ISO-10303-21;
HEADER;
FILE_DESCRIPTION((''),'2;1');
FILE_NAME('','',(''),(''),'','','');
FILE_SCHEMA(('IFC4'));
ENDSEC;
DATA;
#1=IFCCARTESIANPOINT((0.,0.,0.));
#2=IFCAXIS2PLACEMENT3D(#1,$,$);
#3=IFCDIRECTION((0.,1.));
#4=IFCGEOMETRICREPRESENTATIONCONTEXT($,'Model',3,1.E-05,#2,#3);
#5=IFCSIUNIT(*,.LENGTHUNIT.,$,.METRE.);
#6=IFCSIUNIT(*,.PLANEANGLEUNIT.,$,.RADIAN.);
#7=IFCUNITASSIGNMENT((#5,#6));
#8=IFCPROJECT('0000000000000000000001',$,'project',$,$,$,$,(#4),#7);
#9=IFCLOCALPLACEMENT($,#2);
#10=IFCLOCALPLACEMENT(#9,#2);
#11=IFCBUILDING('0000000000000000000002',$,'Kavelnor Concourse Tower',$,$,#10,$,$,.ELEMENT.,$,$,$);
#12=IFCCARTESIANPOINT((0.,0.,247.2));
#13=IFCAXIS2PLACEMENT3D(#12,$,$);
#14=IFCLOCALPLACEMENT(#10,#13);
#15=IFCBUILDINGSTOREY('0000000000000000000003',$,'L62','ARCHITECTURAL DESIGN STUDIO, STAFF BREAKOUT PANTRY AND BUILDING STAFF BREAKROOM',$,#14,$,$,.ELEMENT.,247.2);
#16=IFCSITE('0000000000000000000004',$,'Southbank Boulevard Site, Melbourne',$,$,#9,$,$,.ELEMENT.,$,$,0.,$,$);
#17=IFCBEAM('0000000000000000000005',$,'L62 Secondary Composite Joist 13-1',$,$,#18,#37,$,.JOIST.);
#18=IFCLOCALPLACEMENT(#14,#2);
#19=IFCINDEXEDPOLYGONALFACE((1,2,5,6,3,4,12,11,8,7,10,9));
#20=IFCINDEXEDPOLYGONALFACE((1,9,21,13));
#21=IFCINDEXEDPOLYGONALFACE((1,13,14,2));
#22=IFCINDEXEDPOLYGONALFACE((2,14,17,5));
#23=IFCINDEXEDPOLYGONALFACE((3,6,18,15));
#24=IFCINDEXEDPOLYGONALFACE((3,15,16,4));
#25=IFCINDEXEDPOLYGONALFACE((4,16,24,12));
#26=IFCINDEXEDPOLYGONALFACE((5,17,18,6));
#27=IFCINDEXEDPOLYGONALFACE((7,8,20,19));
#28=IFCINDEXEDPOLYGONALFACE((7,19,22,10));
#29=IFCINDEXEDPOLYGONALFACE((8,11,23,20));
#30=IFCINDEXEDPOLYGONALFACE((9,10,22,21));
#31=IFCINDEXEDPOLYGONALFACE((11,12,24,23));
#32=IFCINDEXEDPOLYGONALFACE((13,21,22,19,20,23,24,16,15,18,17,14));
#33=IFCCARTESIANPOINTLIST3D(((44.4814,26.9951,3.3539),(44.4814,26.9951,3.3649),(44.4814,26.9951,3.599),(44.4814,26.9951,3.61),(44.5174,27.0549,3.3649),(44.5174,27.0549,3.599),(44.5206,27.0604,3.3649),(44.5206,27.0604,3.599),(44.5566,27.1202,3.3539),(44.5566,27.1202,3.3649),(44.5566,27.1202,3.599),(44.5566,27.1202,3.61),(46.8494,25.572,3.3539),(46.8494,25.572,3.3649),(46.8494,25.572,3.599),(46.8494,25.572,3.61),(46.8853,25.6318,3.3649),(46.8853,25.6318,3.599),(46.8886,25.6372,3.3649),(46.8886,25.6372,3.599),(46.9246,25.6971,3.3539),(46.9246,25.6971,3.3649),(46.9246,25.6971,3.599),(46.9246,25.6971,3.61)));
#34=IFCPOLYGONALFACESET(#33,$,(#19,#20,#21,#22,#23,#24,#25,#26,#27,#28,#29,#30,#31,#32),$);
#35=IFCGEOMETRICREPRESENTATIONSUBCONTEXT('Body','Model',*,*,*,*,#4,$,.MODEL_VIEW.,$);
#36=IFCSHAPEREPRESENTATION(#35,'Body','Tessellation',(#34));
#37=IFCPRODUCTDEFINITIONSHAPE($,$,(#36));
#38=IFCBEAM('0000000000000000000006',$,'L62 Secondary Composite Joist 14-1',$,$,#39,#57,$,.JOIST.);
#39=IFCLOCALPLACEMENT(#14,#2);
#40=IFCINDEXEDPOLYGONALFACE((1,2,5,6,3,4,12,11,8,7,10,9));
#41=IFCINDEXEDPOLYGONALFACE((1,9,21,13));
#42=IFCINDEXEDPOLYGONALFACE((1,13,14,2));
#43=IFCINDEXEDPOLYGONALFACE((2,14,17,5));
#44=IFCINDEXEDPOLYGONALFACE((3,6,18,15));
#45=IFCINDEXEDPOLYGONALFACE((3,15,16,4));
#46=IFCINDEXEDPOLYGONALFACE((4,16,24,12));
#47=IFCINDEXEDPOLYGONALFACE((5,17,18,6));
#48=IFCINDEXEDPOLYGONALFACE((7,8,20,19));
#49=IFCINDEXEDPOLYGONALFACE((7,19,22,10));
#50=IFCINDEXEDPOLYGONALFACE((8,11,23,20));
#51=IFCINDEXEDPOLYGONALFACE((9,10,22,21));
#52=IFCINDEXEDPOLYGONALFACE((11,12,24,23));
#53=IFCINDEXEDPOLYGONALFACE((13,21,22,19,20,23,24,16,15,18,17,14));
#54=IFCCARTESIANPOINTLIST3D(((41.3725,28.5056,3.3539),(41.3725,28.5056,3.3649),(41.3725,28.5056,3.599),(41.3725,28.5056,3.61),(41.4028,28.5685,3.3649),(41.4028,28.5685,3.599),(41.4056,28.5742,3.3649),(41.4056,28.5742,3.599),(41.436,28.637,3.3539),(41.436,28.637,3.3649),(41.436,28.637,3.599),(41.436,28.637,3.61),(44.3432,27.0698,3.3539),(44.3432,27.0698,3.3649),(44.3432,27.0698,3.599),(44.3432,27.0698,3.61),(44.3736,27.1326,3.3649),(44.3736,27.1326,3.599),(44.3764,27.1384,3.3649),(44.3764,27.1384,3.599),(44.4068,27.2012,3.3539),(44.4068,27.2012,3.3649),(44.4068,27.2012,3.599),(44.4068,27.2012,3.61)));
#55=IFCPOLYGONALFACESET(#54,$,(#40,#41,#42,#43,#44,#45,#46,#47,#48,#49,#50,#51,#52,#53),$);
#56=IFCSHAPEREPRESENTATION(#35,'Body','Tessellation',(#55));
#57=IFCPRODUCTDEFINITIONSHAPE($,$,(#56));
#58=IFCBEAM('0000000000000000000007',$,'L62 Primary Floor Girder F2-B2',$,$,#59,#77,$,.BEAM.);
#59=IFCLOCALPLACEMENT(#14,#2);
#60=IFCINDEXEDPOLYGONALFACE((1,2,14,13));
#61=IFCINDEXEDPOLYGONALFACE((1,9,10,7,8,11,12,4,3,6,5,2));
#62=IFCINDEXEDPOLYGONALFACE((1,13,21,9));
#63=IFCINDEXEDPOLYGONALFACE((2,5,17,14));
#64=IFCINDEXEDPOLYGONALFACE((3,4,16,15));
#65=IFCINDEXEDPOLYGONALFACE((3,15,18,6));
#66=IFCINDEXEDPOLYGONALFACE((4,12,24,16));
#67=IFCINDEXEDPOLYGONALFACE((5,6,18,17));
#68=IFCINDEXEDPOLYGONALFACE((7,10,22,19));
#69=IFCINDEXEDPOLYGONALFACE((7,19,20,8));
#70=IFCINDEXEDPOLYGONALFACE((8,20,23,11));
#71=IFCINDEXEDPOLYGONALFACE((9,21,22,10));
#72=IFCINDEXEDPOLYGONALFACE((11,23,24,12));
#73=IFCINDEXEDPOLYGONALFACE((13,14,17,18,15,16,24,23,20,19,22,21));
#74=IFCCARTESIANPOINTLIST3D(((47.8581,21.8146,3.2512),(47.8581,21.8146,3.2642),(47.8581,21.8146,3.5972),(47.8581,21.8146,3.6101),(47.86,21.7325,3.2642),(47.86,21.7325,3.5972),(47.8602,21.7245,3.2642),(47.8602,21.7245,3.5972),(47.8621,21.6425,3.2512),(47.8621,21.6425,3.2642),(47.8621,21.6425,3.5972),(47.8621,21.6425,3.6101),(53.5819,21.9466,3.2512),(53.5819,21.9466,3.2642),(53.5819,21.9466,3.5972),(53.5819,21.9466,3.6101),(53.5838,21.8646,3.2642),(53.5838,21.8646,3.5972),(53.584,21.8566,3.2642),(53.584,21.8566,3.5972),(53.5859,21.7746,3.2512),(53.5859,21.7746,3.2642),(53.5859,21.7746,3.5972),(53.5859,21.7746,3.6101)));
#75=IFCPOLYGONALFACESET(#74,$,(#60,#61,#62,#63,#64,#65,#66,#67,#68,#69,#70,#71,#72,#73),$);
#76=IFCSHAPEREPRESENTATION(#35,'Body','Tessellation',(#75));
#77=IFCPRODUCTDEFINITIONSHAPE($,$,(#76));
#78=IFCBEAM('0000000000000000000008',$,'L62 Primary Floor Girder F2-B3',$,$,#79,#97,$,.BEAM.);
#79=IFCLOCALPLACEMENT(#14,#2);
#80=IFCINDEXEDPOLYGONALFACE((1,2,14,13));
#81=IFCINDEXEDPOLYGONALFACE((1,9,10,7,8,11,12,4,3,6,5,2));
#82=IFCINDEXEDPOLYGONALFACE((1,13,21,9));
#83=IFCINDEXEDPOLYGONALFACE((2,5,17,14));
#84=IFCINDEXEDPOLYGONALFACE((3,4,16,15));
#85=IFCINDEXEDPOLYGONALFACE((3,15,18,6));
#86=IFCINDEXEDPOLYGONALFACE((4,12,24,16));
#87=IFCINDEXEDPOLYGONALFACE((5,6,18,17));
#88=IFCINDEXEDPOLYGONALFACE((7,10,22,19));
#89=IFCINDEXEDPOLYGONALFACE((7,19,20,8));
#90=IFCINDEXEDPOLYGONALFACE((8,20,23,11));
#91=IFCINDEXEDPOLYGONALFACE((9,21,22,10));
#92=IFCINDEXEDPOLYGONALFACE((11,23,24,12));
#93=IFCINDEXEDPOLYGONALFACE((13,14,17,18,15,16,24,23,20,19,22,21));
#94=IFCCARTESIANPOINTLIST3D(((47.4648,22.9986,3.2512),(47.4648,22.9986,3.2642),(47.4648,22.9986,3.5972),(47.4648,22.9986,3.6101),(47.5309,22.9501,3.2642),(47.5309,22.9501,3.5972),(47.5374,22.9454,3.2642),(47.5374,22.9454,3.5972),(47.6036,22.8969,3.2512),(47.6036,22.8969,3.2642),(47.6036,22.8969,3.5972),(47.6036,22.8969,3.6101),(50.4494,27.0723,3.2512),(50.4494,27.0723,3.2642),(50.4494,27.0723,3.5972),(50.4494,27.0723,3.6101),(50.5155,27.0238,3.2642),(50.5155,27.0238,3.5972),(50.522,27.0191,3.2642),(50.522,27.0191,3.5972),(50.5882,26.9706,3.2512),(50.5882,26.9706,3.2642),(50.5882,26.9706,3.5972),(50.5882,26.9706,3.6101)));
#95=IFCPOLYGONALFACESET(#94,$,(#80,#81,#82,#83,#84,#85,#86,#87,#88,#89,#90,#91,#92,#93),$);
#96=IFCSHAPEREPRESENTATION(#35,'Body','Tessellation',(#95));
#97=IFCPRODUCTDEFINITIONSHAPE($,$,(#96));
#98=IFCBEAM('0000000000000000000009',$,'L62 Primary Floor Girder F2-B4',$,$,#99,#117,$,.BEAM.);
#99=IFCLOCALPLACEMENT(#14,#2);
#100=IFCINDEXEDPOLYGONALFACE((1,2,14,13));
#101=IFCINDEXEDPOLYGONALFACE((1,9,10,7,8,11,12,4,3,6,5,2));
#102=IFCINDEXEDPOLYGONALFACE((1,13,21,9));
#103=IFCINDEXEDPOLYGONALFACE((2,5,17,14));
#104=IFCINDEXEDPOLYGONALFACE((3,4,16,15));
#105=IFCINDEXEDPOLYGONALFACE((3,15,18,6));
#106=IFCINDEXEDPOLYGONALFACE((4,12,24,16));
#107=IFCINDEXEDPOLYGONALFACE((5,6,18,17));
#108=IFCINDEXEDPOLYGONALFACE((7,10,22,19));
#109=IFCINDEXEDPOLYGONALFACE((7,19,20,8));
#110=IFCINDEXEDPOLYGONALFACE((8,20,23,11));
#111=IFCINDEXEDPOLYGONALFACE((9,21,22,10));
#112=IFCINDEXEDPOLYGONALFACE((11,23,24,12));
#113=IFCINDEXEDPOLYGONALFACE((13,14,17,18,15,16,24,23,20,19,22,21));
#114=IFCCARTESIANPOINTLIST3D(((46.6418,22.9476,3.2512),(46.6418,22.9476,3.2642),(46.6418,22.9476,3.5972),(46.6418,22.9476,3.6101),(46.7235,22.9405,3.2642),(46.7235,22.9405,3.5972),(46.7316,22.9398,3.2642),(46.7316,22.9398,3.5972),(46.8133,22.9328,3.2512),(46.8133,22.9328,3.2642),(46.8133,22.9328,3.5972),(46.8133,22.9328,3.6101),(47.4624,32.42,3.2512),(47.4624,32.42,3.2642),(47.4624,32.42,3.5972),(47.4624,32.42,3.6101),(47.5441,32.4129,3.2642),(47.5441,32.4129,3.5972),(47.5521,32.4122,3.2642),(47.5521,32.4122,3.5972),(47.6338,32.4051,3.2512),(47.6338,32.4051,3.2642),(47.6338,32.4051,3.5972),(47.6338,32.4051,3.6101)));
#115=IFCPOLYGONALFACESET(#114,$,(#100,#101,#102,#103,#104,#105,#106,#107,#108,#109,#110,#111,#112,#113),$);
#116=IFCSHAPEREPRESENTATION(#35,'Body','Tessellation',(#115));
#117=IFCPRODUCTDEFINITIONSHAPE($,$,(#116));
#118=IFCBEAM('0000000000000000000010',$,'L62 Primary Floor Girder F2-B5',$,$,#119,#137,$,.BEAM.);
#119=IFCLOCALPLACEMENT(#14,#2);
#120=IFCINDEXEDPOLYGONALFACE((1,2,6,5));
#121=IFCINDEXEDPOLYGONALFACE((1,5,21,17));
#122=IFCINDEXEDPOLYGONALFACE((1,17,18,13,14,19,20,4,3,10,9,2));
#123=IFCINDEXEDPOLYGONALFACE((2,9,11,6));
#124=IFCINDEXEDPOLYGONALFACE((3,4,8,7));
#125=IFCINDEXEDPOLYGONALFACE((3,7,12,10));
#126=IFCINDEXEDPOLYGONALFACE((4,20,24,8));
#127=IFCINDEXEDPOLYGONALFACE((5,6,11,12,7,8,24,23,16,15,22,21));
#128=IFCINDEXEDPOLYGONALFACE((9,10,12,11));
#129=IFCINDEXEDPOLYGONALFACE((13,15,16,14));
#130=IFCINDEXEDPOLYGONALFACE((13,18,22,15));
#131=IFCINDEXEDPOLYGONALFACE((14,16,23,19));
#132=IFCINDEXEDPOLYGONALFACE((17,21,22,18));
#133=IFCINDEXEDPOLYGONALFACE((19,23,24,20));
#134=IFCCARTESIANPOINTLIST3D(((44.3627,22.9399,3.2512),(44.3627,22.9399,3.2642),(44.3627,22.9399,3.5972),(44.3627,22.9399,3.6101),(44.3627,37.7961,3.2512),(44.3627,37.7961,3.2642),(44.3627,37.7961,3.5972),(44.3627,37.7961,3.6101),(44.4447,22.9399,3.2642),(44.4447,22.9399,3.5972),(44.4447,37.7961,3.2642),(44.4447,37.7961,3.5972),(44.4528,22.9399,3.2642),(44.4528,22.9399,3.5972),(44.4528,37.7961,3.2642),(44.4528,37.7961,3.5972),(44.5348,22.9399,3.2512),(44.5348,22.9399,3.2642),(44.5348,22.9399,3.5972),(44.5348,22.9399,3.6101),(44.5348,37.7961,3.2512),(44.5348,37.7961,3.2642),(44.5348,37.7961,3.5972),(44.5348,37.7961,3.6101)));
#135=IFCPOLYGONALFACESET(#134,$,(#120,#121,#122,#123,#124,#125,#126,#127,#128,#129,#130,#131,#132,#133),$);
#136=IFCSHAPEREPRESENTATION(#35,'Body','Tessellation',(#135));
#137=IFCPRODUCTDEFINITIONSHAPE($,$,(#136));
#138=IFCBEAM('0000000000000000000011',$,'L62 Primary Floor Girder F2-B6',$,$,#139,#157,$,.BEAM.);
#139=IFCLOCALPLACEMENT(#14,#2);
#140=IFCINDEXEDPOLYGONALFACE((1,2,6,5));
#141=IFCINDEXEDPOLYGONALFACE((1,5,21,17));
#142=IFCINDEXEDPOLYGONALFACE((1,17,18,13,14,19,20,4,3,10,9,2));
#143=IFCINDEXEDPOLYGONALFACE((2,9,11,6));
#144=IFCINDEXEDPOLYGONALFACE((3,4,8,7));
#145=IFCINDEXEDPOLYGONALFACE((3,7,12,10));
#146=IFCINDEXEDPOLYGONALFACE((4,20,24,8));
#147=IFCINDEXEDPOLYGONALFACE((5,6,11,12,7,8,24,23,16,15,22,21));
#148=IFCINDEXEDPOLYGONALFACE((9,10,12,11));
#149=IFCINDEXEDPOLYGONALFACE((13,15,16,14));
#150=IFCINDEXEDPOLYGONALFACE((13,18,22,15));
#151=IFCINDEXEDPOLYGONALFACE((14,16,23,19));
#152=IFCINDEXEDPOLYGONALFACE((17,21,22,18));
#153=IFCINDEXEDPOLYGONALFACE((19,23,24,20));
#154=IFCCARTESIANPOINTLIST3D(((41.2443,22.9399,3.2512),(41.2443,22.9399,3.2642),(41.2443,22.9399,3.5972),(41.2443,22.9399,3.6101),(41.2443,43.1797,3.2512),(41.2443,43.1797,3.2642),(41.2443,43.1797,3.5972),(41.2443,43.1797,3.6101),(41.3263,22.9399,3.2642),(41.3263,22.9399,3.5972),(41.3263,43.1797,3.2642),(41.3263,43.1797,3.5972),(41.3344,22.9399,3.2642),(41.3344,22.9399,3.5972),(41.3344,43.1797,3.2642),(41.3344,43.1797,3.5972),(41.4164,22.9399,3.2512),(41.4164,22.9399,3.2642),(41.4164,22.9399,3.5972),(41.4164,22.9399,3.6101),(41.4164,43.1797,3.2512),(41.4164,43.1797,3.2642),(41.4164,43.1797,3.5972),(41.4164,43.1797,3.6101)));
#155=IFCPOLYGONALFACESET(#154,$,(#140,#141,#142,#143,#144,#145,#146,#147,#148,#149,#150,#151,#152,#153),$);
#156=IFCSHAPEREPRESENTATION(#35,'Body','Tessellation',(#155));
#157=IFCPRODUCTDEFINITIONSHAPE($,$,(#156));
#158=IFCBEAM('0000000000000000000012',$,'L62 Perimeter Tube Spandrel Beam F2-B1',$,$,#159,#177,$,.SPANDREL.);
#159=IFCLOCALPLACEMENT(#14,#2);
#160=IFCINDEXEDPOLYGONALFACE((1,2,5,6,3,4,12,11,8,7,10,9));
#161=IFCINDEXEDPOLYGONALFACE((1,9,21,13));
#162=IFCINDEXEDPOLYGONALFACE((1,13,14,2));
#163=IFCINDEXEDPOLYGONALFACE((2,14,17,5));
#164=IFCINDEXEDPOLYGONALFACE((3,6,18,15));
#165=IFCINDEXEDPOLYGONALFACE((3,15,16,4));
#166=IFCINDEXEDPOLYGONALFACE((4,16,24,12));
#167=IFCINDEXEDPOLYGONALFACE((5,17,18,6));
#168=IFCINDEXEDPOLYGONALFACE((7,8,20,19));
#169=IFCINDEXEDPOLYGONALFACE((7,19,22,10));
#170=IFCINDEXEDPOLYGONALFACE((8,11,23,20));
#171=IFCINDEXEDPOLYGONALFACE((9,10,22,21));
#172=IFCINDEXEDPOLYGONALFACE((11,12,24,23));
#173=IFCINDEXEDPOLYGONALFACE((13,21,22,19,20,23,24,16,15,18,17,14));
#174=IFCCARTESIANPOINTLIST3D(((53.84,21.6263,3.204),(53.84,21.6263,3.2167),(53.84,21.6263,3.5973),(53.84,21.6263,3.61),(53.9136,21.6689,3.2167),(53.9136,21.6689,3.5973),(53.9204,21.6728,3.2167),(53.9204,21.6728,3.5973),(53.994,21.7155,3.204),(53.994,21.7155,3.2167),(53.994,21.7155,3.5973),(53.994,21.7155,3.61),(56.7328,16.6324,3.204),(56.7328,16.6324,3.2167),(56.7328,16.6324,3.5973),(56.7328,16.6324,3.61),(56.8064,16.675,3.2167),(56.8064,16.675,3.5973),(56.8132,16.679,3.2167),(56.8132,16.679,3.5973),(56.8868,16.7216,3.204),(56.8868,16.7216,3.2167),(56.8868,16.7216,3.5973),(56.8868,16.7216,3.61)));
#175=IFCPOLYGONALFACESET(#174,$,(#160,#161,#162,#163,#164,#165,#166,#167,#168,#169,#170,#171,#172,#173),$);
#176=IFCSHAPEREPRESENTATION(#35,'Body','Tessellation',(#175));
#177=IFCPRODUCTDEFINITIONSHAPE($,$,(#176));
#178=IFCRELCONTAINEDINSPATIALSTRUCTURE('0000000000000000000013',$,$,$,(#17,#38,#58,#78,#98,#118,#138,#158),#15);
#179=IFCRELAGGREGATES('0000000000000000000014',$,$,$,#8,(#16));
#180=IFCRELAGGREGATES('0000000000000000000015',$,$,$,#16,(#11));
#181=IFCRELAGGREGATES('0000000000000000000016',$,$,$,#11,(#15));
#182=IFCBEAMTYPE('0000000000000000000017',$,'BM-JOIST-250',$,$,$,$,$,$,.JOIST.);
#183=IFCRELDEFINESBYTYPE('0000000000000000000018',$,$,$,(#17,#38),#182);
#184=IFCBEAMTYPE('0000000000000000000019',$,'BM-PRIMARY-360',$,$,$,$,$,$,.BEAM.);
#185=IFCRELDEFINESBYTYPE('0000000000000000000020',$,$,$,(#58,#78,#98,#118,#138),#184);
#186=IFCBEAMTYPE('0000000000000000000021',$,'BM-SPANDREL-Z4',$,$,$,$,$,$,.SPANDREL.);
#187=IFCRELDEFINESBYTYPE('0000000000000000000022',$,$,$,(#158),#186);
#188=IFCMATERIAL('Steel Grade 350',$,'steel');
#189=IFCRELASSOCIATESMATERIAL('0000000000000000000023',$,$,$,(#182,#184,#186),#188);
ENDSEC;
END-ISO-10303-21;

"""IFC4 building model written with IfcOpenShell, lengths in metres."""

from ifc_helpers import new_model, si_unit, direction, frame, origin, origin_2d, place, context, subcontext, project, spatial, i_section, extrude, material, material_profile, profile_set, type_object, element, save


model = new_model("IFC4")

# Units and contexts
model_context = context("Model", 3, precision=1e-05, world=origin(), true_north=direction((0.0, 1.0)))
body_context = subcontext(model_context, "Body", "Model", "MODEL_VIEW")
ifc_project = project(units=[si_unit("LENGTHUNIT", "METRE"), si_unit("PLANEANGLEUNIT", "RADIAN")], contexts=[model_context])

# Site, building, storey
site_placement = place(None, origin())
site = spatial("IfcSite", under=ifc_project, at=site_placement, Name="Southbank Boulevard Site, Melbourne", CompositionType="ELEMENT", RefElevation=0.0)
building_placement = place(site_placement, origin())
building = spatial("IfcBuilding", under=site, at=building_placement, Name="Kavelnor Concourse Tower", CompositionType="ELEMENT")
storey_placement = place(building_placement, frame((0.0, 0.0, 247.2)))
storey = spatial("IfcBuildingStorey", under=building, at=storey_placement, Name="L62", Description="ARCHITECTURAL DESIGN STUDIO, STAFF BREAKOUT PANTRY AND BUILDING STAFF BREAKROOM", CompositionType="ELEMENT", Elevation=247.2)

# Shared definitions
ifc_material_1 = material(Name="Steel Grade 350", Category="steel")

# Beams
ifc_material_profile_1 = material_profile(ifc_material_1, i_section(OverallWidth=0.146, OverallDepth=0.2561, WebThickness=0.0063, FlangeThickness=0.011, at=origin_2d()), Name="250UB37")
ifc_profile_set_1 = profile_set([ifc_material_profile_1], Name="Steel Grade 350")
beam_type_1 = type_object("IfcBeamType", Name="BM-JOIST-250", PredefinedType="JOIST", material=ifc_profile_set_1)
beam_1_placement = place(storey_placement, frame((46.887, 25.6345, 3.4819), z_axis=(-0.857118, 0.515119, 0.0), x_axis=(-0.515119, -0.857118, 0.0)))
element("IfcBeam", 1, at=beam_1_placement, inside=storey, type_object=beam_type_1, Name="L62 Secondary Composite Joist 13-1", PredefinedType="JOIST", context=body_context, shape_type="SweptSolid", body=[
    extrude(i_section(OverallWidth=0.146, OverallDepth=0.2561, WebThickness=0.0063, FlangeThickness=0.011, at=origin_2d()), origin(), (0.0, 0.0, 1.0), 2.7627),
])
beam_2_placement = place(storey_placement, frame((44.375, 27.1355, 3.4819), z_axis=(-0.900355, 0.435157, 0.0), x_axis=(-0.435157, -0.900355, 0.0)))
element("IfcBeam", 2, at=beam_2_placement, inside=storey, type_object=beam_type_1, Name="L62 Secondary Composite Joist 14-1", PredefinedType="JOIST", context=body_context, shape_type="SweptSolid", body=[
    extrude(i_section(OverallWidth=0.146, OverallDepth=0.2561, WebThickness=0.0063, FlangeThickness=0.011, at=origin_2d()), origin(), (0.0, 0.0, 1.0), 3.2996),
])
ifc_material_profile_2 = material_profile(ifc_material_1, i_section(OverallWidth=0.1721, OverallDepth=0.3589, WebThickness=0.0081, FlangeThickness=0.0129, at=origin_2d()), Name="360UB56")
ifc_profile_set_2 = profile_set([ifc_material_profile_2], Name="Steel Grade 350")
beam_type_2 = type_object("IfcBeamType", Name="BM-PRIMARY-360", PredefinedType="BEAM", material=ifc_profile_set_2)
beam_3_placement = place(storey_placement, frame((47.8601, 21.7285, 3.4307), z_axis=(0.999734, 0.023069, 0.0), x_axis=(-0.023069, 0.999734, 0.0)))
element("IfcBeam", 3, at=beam_3_placement, inside=storey, type_object=beam_type_2, Name="L62 Primary Floor Girder F2-B2", PredefinedType="BEAM", context=body_context, shape_type="SweptSolid", body=[
    extrude(i_section(OverallWidth=0.1721, OverallDepth=0.3589, WebThickness=0.0081, FlangeThickness=0.0129, at=origin_2d()), origin(), (0.0, 0.0, 1.0), 5.7253),
])
beam_4_placement = place(storey_placement, frame((47.5342, 22.9478, 3.4307), z_axis=(0.591005, 0.806668, 0.0), x_axis=(-0.806668, 0.591005, 0.0)))
element("IfcBeam", 4, at=beam_4_placement, inside=storey, type_object=beam_type_2, Name="L62 Primary Floor Girder F2-B3", PredefinedType="BEAM", context=body_context, shape_type="SweptSolid", body=[
    extrude(i_section(OverallWidth=0.1721, OverallDepth=0.3589, WebThickness=0.0081, FlangeThickness=0.0129, at=origin_2d()), origin(), (0.0, 0.0, 1.0), 5.05),
])
beam_5_placement = place(storey_placement, frame((46.7275, 22.9402, 3.4307), z_axis=(0.086303, 0.996269, 0.0), x_axis=(-0.996269, 0.086303, 0.0)))
element("IfcBeam", 5, at=beam_5_placement, inside=storey, type_object=beam_type_2, Name="L62 Primary Floor Girder F2-B4", PredefinedType="BEAM", context=body_context, shape_type="SweptSolid", body=[
    extrude(i_section(OverallWidth=0.1721, OverallDepth=0.3589, WebThickness=0.0081, FlangeThickness=0.0129, at=origin_2d()), origin(), (0.0, 0.0, 1.0), 9.5078),
])
beam_6_placement = place(storey_placement, frame((44.4487, 22.9399, 3.4307), z_axis=(0.0, 1.0, 0.0), x_axis=(-1.0, 0.0, 0.0)))
element("IfcBeam", 6, at=beam_6_placement, inside=storey, type_object=beam_type_2, Name="L62 Primary Floor Girder F2-B5", PredefinedType="BEAM", context=body_context, shape_type="SweptSolid", body=[
    extrude(i_section(OverallWidth=0.1721, OverallDepth=0.3589, WebThickness=0.0081, FlangeThickness=0.0129, at=origin_2d()), origin(), (0.0, 0.0, 1.0), 14.8562),
])
beam_7_placement = place(storey_placement, frame((41.3303, 22.9399, 3.4307), z_axis=(0.0, 1.0, 0.0), x_axis=(-1.0, 0.0, 0.0)))
element("IfcBeam", 7, at=beam_7_placement, inside=storey, type_object=beam_type_2, Name="L62 Primary Floor Girder F2-B6", PredefinedType="BEAM", context=body_context, shape_type="SweptSolid", body=[
    extrude(i_section(OverallWidth=0.1721, OverallDepth=0.3589, WebThickness=0.0081, FlangeThickness=0.0129, at=origin_2d()), origin(), (0.0, 0.0, 1.0), 20.2397),
])
ifc_material_profile_3 = material_profile(ifc_material_1, i_section(OverallWidth=0.178, OverallDepth=0.406, WebThickness=0.0078, FlangeThickness=0.0127, at=origin_2d()), Name="410UB59")
ifc_profile_set_3 = profile_set([ifc_material_profile_3], Name="Steel Grade 350")
beam_type_3 = type_object("IfcBeamType", Name="BM-SPANDREL-Z4", PredefinedType="SPANDREL", material=ifc_profile_set_3)
beam_8_placement = place(storey_placement, frame((56.8098, 16.677, 3.407), z_axis=(-0.501246, 0.865305, 0.0), x_axis=(-0.865305, -0.501246, 0.0)))
element("IfcBeam", 8, at=beam_8_placement, inside=storey, type_object=beam_type_3, Name="L62 Perimeter Tube Spandrel Beam F2-B1", PredefinedType="SPANDREL", context=body_context, shape_type="SweptSolid", body=[
    extrude(i_section(OverallWidth=0.178, OverallDepth=0.406, WebThickness=0.0078, FlangeThickness=0.0127, at=origin_2d()), origin(), (0.0, 0.0, 1.0), 5.7712),
])

save(model, "model.ifc")
